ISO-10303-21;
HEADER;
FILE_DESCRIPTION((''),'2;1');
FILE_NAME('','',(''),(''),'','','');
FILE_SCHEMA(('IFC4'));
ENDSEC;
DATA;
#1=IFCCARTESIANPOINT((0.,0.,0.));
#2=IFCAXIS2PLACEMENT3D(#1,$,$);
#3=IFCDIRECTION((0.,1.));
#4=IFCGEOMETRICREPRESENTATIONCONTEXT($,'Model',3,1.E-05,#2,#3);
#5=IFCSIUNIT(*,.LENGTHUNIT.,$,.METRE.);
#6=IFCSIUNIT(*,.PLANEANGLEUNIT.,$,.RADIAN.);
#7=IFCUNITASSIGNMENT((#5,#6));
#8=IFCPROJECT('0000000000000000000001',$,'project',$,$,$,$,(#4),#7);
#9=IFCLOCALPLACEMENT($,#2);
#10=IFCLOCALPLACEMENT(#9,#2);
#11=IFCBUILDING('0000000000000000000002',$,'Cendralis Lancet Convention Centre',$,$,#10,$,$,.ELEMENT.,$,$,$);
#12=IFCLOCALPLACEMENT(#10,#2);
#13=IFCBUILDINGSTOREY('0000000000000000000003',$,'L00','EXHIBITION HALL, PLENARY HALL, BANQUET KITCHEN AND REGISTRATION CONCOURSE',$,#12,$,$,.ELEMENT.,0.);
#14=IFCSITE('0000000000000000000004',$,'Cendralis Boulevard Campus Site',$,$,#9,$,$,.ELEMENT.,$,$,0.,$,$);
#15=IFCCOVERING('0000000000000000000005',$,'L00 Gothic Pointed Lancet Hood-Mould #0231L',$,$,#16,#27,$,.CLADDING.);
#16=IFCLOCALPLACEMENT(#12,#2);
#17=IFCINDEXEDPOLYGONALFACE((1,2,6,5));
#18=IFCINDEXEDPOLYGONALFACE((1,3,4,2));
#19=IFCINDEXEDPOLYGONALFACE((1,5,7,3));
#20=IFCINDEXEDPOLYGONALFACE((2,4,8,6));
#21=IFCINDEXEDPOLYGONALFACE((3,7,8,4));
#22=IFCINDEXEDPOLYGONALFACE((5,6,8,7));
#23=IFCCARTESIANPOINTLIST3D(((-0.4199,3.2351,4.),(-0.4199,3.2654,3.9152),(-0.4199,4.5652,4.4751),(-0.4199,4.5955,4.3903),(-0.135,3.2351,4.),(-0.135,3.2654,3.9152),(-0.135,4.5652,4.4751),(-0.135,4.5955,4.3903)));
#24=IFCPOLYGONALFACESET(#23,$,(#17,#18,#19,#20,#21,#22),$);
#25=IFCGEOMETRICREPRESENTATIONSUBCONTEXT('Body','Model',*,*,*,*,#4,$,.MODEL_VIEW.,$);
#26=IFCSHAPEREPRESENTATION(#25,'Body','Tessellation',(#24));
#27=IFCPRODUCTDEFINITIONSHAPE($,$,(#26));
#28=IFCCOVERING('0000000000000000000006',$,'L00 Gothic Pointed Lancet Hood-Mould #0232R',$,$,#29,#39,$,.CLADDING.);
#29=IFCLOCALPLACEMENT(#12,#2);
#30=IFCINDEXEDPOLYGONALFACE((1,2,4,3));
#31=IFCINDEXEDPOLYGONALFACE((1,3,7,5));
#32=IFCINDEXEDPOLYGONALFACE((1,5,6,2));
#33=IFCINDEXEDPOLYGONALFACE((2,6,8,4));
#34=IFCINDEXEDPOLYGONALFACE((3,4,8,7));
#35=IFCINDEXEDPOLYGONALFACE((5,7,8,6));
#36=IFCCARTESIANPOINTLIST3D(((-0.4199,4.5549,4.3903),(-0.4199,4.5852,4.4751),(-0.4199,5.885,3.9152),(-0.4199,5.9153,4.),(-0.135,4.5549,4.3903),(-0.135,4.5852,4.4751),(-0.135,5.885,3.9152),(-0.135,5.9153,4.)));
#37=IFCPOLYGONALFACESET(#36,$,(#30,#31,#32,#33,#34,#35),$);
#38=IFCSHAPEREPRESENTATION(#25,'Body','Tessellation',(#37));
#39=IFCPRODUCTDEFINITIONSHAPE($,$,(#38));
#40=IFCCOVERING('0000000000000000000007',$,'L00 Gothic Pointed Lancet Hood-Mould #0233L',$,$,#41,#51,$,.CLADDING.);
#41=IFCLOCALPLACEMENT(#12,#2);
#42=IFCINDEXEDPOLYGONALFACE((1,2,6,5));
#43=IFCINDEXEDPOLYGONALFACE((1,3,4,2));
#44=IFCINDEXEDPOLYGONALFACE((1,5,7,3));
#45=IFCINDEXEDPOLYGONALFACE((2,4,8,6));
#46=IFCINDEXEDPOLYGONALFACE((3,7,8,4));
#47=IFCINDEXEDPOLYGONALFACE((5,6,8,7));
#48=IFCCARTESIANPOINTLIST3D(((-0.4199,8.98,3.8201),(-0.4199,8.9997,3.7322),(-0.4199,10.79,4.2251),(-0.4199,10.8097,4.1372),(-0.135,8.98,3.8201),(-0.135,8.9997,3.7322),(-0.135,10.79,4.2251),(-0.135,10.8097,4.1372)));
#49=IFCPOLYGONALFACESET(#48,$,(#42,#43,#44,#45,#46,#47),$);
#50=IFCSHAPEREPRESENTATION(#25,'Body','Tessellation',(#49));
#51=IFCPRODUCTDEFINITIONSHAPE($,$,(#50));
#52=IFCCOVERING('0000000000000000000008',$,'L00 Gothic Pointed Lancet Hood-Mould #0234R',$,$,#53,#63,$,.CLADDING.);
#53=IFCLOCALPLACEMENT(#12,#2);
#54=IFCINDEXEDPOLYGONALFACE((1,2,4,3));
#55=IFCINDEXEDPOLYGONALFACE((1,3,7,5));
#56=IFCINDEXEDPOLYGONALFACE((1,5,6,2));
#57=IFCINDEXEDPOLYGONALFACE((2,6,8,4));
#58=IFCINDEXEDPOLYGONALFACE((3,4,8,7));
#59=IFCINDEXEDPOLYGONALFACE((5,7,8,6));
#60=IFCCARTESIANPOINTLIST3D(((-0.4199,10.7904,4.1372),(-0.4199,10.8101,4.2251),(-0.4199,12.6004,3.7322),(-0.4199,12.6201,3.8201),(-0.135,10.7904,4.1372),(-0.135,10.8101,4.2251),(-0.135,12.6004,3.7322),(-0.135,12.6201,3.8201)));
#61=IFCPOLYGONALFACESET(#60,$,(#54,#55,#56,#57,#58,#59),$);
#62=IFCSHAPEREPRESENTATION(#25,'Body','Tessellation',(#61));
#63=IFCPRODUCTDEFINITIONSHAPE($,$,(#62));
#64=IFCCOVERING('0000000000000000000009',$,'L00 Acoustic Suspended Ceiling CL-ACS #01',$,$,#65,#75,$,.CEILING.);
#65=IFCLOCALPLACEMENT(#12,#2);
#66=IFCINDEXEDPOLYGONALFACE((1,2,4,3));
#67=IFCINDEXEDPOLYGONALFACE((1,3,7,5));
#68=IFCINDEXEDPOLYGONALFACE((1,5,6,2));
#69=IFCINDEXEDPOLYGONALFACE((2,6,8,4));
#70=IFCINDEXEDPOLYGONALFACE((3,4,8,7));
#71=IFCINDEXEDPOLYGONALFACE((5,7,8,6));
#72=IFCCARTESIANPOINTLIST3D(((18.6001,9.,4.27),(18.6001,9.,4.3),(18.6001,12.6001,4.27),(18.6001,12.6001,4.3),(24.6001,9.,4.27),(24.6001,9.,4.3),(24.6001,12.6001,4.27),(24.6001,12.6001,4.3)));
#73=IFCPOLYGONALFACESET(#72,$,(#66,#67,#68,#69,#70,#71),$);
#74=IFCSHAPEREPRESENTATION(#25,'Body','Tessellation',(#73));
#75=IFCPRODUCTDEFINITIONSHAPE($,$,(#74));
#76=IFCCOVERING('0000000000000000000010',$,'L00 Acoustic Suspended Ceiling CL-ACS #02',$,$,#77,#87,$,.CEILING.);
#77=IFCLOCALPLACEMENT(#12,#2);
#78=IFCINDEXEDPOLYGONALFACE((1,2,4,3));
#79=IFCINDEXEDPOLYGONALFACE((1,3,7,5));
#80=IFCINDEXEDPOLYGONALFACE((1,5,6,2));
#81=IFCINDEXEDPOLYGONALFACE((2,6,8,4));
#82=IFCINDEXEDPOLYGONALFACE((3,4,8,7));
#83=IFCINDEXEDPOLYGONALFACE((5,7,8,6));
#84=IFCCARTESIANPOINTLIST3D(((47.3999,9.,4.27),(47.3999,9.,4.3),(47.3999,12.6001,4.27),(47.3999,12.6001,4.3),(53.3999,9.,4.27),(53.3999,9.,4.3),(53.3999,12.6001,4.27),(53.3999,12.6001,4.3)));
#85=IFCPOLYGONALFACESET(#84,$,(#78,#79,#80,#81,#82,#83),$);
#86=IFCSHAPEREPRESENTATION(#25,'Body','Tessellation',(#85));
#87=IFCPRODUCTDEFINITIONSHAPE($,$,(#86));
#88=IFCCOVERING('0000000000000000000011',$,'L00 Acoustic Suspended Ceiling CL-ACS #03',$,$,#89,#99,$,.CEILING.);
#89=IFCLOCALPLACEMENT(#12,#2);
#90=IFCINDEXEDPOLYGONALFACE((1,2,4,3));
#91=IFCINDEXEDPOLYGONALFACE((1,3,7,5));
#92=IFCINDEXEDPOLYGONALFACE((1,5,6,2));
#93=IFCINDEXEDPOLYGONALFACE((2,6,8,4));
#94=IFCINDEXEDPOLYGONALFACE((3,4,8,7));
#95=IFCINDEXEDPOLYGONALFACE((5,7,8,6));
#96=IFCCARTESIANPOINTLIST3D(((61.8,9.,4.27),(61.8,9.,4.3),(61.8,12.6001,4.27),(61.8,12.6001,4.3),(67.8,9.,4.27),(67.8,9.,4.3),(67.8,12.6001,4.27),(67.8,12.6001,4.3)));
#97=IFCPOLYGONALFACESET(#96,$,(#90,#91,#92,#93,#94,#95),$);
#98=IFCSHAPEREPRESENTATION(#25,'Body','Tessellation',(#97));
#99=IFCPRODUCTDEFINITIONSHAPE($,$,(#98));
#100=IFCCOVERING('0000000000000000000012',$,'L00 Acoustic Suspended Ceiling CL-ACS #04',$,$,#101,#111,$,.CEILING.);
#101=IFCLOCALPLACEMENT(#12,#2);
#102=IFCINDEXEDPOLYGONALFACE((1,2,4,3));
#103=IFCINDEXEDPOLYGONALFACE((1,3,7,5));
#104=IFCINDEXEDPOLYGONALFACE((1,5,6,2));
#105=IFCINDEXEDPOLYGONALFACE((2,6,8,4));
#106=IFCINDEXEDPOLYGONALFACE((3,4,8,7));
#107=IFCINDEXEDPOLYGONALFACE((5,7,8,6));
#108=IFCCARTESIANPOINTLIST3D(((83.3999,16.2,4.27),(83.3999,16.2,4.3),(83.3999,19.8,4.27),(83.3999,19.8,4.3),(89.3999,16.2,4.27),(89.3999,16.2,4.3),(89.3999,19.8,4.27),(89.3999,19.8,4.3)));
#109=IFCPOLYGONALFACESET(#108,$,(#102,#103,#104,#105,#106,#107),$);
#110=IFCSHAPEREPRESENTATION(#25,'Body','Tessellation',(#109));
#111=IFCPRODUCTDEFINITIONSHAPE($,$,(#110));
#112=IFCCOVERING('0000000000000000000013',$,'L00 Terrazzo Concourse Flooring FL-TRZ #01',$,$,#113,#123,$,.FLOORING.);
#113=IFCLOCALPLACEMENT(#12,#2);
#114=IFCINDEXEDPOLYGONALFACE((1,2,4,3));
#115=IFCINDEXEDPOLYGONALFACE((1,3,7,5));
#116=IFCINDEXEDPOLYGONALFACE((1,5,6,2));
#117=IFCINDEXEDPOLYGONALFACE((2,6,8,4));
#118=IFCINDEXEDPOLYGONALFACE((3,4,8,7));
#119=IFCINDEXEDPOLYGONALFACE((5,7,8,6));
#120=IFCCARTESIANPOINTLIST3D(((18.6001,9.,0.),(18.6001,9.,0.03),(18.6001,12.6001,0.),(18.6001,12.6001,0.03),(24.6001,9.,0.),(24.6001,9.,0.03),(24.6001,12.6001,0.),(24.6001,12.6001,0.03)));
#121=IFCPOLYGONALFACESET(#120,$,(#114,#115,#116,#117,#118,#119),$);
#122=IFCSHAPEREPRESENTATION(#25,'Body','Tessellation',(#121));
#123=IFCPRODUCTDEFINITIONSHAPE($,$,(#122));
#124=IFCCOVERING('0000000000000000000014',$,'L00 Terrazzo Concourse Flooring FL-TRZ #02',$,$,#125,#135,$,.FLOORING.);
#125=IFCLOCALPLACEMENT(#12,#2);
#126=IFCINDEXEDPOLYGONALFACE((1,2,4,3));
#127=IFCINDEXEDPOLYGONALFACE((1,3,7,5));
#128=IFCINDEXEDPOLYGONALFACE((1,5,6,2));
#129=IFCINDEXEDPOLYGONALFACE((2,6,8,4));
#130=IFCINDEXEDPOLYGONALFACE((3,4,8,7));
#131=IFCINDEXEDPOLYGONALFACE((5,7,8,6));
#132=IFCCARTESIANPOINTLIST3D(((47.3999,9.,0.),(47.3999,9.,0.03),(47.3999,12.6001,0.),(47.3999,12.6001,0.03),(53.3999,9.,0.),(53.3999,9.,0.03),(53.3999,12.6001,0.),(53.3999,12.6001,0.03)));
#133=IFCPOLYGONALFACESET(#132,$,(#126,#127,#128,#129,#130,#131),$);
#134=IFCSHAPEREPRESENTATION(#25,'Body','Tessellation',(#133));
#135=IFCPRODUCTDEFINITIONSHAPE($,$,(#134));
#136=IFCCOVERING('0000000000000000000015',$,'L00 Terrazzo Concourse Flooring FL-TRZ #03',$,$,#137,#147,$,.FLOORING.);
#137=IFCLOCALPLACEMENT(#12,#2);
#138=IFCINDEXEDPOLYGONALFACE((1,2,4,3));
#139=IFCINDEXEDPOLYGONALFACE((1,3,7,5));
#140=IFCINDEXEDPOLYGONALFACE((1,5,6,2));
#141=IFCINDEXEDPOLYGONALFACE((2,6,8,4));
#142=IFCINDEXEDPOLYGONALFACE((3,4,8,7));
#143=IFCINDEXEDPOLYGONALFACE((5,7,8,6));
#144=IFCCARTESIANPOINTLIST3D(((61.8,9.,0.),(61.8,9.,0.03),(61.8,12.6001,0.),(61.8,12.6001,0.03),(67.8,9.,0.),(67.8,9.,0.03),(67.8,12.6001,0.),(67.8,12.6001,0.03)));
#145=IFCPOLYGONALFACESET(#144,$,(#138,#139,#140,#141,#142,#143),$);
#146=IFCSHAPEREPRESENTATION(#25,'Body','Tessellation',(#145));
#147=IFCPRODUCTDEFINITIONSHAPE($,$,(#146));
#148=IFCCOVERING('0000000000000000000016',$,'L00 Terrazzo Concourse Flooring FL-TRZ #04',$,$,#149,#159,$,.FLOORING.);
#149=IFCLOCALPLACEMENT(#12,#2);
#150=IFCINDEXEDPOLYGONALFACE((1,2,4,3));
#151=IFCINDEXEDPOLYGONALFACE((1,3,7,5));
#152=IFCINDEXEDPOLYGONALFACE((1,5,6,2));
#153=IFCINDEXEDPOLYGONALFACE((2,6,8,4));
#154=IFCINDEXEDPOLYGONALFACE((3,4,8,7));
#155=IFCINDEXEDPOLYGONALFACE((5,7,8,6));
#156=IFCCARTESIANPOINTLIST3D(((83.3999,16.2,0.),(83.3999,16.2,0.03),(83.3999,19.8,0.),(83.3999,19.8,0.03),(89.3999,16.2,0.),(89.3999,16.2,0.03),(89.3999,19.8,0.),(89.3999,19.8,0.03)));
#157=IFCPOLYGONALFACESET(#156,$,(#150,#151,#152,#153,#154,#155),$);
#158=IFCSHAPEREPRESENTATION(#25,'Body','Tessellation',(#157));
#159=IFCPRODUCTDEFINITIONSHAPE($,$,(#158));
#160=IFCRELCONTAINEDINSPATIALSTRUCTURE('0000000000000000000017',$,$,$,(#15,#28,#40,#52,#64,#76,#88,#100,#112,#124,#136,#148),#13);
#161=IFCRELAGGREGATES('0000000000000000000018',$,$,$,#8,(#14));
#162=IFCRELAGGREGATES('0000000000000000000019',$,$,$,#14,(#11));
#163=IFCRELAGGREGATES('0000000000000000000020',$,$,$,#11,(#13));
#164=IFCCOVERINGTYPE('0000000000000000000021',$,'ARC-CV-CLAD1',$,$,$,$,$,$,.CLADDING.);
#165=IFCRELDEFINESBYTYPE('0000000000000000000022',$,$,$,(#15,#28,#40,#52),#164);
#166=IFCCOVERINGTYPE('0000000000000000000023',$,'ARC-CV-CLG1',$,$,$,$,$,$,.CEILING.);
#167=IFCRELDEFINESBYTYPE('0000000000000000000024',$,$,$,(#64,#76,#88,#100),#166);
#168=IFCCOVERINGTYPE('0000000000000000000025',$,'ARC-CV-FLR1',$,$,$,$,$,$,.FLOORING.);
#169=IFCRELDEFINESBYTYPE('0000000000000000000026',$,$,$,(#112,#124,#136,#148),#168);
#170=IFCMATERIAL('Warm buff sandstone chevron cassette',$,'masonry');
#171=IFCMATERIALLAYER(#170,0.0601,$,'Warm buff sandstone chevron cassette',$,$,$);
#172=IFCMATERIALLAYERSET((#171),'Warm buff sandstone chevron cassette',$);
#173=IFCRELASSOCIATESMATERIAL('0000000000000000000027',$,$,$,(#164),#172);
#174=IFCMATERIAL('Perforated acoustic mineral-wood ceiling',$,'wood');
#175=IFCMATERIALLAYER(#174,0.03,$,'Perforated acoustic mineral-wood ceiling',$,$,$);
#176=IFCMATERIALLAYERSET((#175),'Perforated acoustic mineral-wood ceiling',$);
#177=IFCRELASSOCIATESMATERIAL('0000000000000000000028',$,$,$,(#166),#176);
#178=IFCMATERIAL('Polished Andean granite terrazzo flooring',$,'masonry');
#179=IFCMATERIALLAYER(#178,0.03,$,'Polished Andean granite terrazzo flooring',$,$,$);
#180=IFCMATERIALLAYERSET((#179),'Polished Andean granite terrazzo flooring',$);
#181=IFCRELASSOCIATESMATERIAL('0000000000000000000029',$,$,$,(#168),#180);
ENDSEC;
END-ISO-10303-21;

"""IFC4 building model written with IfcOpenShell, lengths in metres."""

from ifc_helpers import new_model, si_unit, direction, frame, origin, place, context, subcontext, project, spatial, polyline, outline, extrude, material, layer, layer_set, type_object, element, save


model = new_model("IFC4")

# Units and contexts
model_context = context("Model", 3, precision=1e-05, world=origin(), true_north=direction((0.0, 1.0)))
body_context = subcontext(model_context, "Body", "Model", "MODEL_VIEW")
ifc_project = project(units=[si_unit("LENGTHUNIT", "METRE"), si_unit("PLANEANGLEUNIT", "RADIAN")], contexts=[model_context])

# Site, building, storey
site_placement = place(None, origin())
site = spatial("IfcSite", under=ifc_project, at=site_placement, Name="Cendralis Boulevard Campus Site", CompositionType="ELEMENT", RefElevation=0.0)
building_placement = place(site_placement, origin())
building = spatial("IfcBuilding", under=site, at=building_placement, Name="Cendralis Lancet Convention Centre", CompositionType="ELEMENT")
storey_placement = place(building_placement, origin())
storey = spatial("IfcBuildingStorey", under=building, at=storey_placement, Name="L00", Description="EXHIBITION HALL, PLENARY HALL, BANQUET KITCHEN AND REGISTRATION CONCOURSE", CompositionType="ELEMENT", Elevation=0.0)

# Coverings
ifc_material_1 = material(Name="Warm buff sandstone chevron cassette", Category="masonry")
ifc_layer_1 = layer(ifc_material_1, 0.0601, Name="Warm buff sandstone chevron cassette")
ifc_layer_set_1 = layer_set([ifc_layer_1], Name="Warm buff sandstone chevron cassette")
covering_type_1 = type_object("IfcCoveringType", Name="ARC-CV-CLAD1", PredefinedType="CLADDING", material=ifc_layer_set_1)
for number, where, z_axis, x_axis, name in (
    (1, (-0.4199, 3.2351, 4.0), (0.0, -0.33638, 0.941726), (1.0, 0.0, 0.0), "L00 Gothic Pointed Lancet Hood-Mould #0231L"),
    (2, (-0.4199, 4.5852, 4.4751), (0.0, 0.33638, 0.941726), (1.0, 0.0, 0.0), "L00 Gothic Pointed Lancet Hood-Mould #0232R"),
):
    element("IfcCovering", number, at=place(storey_placement, frame(where, z_axis=z_axis, x_axis=x_axis)), inside=storey, type_object=covering_type_1, Name=name, PredefinedType="CLADDING", context=body_context, shape_type="SweptSolid", body=[
        extrude(outline(polyline([(0.0, 0.0), (0.2849, 0.0), (0.2849, 1.4124), (0.0, 1.4124), (0.0, 0.0)])), origin(), (0.0, 0.0, -1.0), 0.0901),
    ])
for number, where, z_axis, x_axis, name in (
    (3, (-0.4199, 8.98, 3.8201), (0.0, -0.218366, 0.975867), (1.0, 0.0, 0.0), "L00 Gothic Pointed Lancet Hood-Mould #0233L"),
    (4, (-0.4199, 10.8101, 4.2251), (0.0, 0.218366, 0.975867), (1.0, 0.0, 0.0), "L00 Gothic Pointed Lancet Hood-Mould #0234R"),
):
    element("IfcCovering", number, at=place(storey_placement, frame(where, z_axis=z_axis, x_axis=x_axis)), inside=storey, type_object=covering_type_1, Name=name, PredefinedType="CLADDING", context=body_context, shape_type="SweptSolid", body=[
        extrude(outline(polyline([(0.0, 0.0), (0.2849, 0.0), (0.2849, 1.8548), (0.0, 1.8548), (0.0, 0.0)])), origin(), (0.0, 0.0, -1.0), 0.0901),
    ])
ifc_material_2 = material(Name="Perforated acoustic mineral-wood ceiling", Category="wood")
ifc_layer_2 = layer(ifc_material_2, 0.03, Name="Perforated acoustic mineral-wood ceiling")
ifc_layer_set_2 = layer_set([ifc_layer_2], Name="Perforated acoustic mineral-wood ceiling")
covering_type_2 = type_object("IfcCoveringType", Name="ARC-CV-CLG1", PredefinedType="CEILING", material=ifc_layer_set_2)
covering_1_placement = place(storey_placement, frame((0.0, 0.0, 4.27)))
element("IfcCovering", 5, at=covering_1_placement, inside=storey, type_object=covering_type_2, Name="L00 Acoustic Suspended Ceiling CL-ACS #01", PredefinedType="CEILING", context=body_context, shape_type="SweptSolid", body=[
    extrude(outline(polyline([(18.6001, 9.0), (24.6001, 9.0), (24.6001, 12.6001), (18.6001, 12.6001), (18.6001, 9.0)])), origin(), (0.0, 0.0, 1.0), 0.03),
])
covering_2_placement = place(storey_placement, frame((0.0, 0.0, 4.27)))
element("IfcCovering", 6, at=covering_2_placement, inside=storey, type_object=covering_type_2, Name="L00 Acoustic Suspended Ceiling CL-ACS #02", PredefinedType="CEILING", context=body_context, shape_type="SweptSolid", body=[
    extrude(outline(polyline([(47.3999, 9.0), (53.3999, 9.0), (53.3999, 12.6001), (47.3999, 12.6001), (47.3999, 9.0)])), origin(), (0.0, 0.0, 1.0), 0.03),
])
covering_3_placement = place(storey_placement, frame((0.0, 0.0, 4.27)))
element("IfcCovering", 7, at=covering_3_placement, inside=storey, type_object=covering_type_2, Name="L00 Acoustic Suspended Ceiling CL-ACS #03", PredefinedType="CEILING", context=body_context, shape_type="SweptSolid", body=[
    extrude(outline(polyline([(61.8, 9.0), (67.8, 9.0), (67.8, 12.6001), (61.8, 12.6001), (61.8, 9.0)])), origin(), (0.0, 0.0, 1.0), 0.03),
])
covering_4_placement = place(storey_placement, frame((0.0, 0.0, 4.27)))
element("IfcCovering", 8, at=covering_4_placement, inside=storey, type_object=covering_type_2, Name="L00 Acoustic Suspended Ceiling CL-ACS #04", PredefinedType="CEILING", context=body_context, shape_type="SweptSolid", body=[
    extrude(outline(polyline([(83.3999, 16.2), (89.3999, 16.2), (89.3999, 19.8), (83.3999, 19.8), (83.3999, 16.2)])), origin(), (0.0, 0.0, 1.0), 0.03),
])
ifc_material_3 = material(Name="Polished Andean granite terrazzo flooring", Category="masonry")
ifc_layer_3 = layer(ifc_material_3, 0.03, Name="Polished Andean granite terrazzo flooring")
ifc_layer_set_3 = layer_set([ifc_layer_3], Name="Polished Andean granite terrazzo flooring")
covering_type_3 = type_object("IfcCoveringType", Name="ARC-CV-FLR1", PredefinedType="FLOORING", material=ifc_layer_set_3)
covering_5_placement = place(storey_placement, origin())
element("IfcCovering", 9, at=covering_5_placement, inside=storey, type_object=covering_type_3, Name="L00 Terrazzo Concourse Flooring FL-TRZ #01", PredefinedType="FLOORING", context=body_context, shape_type="SweptSolid", body=[
    extrude(outline(polyline([(18.6001, 9.0), (24.6001, 9.0), (24.6001, 12.6001), (18.6001, 12.6001), (18.6001, 9.0)])), origin(), (0.0, 0.0, 1.0), 0.03),
])
covering_6_placement = place(storey_placement, origin())
element("IfcCovering", 10, at=covering_6_placement, inside=storey, type_object=covering_type_3, Name="L00 Terrazzo Concourse Flooring FL-TRZ #02", PredefinedType="FLOORING", context=body_context, shape_type="SweptSolid", body=[
    extrude(outline(polyline([(47.3999, 9.0), (53.3999, 9.0), (53.3999, 12.6001), (47.3999, 12.6001), (47.3999, 9.0)])), origin(), (0.0, 0.0, 1.0), 0.03),
])
covering_7_placement = place(storey_placement, origin())
element("IfcCovering", 11, at=covering_7_placement, inside=storey, type_object=covering_type_3, Name="L00 Terrazzo Concourse Flooring FL-TRZ #03", PredefinedType="FLOORING", context=body_context, shape_type="SweptSolid", body=[
    extrude(outline(polyline([(61.8, 9.0), (67.8, 9.0), (67.8, 12.6001), (61.8, 12.6001), (61.8, 9.0)])), origin(), (0.0, 0.0, 1.0), 0.03),
])
covering_8_placement = place(storey_placement, origin())
element("IfcCovering", 12, at=covering_8_placement, inside=storey, type_object=covering_type_3, Name="L00 Terrazzo Concourse Flooring FL-TRZ #04", PredefinedType="FLOORING", context=body_context, shape_type="SweptSolid", body=[
    extrude(outline(polyline([(83.3999, 16.2), (89.3999, 16.2), (89.3999, 19.8), (83.3999, 19.8), (83.3999, 16.2)])), origin(), (0.0, 0.0, 1.0), 0.03),
])

save(model, "model.ifc")
